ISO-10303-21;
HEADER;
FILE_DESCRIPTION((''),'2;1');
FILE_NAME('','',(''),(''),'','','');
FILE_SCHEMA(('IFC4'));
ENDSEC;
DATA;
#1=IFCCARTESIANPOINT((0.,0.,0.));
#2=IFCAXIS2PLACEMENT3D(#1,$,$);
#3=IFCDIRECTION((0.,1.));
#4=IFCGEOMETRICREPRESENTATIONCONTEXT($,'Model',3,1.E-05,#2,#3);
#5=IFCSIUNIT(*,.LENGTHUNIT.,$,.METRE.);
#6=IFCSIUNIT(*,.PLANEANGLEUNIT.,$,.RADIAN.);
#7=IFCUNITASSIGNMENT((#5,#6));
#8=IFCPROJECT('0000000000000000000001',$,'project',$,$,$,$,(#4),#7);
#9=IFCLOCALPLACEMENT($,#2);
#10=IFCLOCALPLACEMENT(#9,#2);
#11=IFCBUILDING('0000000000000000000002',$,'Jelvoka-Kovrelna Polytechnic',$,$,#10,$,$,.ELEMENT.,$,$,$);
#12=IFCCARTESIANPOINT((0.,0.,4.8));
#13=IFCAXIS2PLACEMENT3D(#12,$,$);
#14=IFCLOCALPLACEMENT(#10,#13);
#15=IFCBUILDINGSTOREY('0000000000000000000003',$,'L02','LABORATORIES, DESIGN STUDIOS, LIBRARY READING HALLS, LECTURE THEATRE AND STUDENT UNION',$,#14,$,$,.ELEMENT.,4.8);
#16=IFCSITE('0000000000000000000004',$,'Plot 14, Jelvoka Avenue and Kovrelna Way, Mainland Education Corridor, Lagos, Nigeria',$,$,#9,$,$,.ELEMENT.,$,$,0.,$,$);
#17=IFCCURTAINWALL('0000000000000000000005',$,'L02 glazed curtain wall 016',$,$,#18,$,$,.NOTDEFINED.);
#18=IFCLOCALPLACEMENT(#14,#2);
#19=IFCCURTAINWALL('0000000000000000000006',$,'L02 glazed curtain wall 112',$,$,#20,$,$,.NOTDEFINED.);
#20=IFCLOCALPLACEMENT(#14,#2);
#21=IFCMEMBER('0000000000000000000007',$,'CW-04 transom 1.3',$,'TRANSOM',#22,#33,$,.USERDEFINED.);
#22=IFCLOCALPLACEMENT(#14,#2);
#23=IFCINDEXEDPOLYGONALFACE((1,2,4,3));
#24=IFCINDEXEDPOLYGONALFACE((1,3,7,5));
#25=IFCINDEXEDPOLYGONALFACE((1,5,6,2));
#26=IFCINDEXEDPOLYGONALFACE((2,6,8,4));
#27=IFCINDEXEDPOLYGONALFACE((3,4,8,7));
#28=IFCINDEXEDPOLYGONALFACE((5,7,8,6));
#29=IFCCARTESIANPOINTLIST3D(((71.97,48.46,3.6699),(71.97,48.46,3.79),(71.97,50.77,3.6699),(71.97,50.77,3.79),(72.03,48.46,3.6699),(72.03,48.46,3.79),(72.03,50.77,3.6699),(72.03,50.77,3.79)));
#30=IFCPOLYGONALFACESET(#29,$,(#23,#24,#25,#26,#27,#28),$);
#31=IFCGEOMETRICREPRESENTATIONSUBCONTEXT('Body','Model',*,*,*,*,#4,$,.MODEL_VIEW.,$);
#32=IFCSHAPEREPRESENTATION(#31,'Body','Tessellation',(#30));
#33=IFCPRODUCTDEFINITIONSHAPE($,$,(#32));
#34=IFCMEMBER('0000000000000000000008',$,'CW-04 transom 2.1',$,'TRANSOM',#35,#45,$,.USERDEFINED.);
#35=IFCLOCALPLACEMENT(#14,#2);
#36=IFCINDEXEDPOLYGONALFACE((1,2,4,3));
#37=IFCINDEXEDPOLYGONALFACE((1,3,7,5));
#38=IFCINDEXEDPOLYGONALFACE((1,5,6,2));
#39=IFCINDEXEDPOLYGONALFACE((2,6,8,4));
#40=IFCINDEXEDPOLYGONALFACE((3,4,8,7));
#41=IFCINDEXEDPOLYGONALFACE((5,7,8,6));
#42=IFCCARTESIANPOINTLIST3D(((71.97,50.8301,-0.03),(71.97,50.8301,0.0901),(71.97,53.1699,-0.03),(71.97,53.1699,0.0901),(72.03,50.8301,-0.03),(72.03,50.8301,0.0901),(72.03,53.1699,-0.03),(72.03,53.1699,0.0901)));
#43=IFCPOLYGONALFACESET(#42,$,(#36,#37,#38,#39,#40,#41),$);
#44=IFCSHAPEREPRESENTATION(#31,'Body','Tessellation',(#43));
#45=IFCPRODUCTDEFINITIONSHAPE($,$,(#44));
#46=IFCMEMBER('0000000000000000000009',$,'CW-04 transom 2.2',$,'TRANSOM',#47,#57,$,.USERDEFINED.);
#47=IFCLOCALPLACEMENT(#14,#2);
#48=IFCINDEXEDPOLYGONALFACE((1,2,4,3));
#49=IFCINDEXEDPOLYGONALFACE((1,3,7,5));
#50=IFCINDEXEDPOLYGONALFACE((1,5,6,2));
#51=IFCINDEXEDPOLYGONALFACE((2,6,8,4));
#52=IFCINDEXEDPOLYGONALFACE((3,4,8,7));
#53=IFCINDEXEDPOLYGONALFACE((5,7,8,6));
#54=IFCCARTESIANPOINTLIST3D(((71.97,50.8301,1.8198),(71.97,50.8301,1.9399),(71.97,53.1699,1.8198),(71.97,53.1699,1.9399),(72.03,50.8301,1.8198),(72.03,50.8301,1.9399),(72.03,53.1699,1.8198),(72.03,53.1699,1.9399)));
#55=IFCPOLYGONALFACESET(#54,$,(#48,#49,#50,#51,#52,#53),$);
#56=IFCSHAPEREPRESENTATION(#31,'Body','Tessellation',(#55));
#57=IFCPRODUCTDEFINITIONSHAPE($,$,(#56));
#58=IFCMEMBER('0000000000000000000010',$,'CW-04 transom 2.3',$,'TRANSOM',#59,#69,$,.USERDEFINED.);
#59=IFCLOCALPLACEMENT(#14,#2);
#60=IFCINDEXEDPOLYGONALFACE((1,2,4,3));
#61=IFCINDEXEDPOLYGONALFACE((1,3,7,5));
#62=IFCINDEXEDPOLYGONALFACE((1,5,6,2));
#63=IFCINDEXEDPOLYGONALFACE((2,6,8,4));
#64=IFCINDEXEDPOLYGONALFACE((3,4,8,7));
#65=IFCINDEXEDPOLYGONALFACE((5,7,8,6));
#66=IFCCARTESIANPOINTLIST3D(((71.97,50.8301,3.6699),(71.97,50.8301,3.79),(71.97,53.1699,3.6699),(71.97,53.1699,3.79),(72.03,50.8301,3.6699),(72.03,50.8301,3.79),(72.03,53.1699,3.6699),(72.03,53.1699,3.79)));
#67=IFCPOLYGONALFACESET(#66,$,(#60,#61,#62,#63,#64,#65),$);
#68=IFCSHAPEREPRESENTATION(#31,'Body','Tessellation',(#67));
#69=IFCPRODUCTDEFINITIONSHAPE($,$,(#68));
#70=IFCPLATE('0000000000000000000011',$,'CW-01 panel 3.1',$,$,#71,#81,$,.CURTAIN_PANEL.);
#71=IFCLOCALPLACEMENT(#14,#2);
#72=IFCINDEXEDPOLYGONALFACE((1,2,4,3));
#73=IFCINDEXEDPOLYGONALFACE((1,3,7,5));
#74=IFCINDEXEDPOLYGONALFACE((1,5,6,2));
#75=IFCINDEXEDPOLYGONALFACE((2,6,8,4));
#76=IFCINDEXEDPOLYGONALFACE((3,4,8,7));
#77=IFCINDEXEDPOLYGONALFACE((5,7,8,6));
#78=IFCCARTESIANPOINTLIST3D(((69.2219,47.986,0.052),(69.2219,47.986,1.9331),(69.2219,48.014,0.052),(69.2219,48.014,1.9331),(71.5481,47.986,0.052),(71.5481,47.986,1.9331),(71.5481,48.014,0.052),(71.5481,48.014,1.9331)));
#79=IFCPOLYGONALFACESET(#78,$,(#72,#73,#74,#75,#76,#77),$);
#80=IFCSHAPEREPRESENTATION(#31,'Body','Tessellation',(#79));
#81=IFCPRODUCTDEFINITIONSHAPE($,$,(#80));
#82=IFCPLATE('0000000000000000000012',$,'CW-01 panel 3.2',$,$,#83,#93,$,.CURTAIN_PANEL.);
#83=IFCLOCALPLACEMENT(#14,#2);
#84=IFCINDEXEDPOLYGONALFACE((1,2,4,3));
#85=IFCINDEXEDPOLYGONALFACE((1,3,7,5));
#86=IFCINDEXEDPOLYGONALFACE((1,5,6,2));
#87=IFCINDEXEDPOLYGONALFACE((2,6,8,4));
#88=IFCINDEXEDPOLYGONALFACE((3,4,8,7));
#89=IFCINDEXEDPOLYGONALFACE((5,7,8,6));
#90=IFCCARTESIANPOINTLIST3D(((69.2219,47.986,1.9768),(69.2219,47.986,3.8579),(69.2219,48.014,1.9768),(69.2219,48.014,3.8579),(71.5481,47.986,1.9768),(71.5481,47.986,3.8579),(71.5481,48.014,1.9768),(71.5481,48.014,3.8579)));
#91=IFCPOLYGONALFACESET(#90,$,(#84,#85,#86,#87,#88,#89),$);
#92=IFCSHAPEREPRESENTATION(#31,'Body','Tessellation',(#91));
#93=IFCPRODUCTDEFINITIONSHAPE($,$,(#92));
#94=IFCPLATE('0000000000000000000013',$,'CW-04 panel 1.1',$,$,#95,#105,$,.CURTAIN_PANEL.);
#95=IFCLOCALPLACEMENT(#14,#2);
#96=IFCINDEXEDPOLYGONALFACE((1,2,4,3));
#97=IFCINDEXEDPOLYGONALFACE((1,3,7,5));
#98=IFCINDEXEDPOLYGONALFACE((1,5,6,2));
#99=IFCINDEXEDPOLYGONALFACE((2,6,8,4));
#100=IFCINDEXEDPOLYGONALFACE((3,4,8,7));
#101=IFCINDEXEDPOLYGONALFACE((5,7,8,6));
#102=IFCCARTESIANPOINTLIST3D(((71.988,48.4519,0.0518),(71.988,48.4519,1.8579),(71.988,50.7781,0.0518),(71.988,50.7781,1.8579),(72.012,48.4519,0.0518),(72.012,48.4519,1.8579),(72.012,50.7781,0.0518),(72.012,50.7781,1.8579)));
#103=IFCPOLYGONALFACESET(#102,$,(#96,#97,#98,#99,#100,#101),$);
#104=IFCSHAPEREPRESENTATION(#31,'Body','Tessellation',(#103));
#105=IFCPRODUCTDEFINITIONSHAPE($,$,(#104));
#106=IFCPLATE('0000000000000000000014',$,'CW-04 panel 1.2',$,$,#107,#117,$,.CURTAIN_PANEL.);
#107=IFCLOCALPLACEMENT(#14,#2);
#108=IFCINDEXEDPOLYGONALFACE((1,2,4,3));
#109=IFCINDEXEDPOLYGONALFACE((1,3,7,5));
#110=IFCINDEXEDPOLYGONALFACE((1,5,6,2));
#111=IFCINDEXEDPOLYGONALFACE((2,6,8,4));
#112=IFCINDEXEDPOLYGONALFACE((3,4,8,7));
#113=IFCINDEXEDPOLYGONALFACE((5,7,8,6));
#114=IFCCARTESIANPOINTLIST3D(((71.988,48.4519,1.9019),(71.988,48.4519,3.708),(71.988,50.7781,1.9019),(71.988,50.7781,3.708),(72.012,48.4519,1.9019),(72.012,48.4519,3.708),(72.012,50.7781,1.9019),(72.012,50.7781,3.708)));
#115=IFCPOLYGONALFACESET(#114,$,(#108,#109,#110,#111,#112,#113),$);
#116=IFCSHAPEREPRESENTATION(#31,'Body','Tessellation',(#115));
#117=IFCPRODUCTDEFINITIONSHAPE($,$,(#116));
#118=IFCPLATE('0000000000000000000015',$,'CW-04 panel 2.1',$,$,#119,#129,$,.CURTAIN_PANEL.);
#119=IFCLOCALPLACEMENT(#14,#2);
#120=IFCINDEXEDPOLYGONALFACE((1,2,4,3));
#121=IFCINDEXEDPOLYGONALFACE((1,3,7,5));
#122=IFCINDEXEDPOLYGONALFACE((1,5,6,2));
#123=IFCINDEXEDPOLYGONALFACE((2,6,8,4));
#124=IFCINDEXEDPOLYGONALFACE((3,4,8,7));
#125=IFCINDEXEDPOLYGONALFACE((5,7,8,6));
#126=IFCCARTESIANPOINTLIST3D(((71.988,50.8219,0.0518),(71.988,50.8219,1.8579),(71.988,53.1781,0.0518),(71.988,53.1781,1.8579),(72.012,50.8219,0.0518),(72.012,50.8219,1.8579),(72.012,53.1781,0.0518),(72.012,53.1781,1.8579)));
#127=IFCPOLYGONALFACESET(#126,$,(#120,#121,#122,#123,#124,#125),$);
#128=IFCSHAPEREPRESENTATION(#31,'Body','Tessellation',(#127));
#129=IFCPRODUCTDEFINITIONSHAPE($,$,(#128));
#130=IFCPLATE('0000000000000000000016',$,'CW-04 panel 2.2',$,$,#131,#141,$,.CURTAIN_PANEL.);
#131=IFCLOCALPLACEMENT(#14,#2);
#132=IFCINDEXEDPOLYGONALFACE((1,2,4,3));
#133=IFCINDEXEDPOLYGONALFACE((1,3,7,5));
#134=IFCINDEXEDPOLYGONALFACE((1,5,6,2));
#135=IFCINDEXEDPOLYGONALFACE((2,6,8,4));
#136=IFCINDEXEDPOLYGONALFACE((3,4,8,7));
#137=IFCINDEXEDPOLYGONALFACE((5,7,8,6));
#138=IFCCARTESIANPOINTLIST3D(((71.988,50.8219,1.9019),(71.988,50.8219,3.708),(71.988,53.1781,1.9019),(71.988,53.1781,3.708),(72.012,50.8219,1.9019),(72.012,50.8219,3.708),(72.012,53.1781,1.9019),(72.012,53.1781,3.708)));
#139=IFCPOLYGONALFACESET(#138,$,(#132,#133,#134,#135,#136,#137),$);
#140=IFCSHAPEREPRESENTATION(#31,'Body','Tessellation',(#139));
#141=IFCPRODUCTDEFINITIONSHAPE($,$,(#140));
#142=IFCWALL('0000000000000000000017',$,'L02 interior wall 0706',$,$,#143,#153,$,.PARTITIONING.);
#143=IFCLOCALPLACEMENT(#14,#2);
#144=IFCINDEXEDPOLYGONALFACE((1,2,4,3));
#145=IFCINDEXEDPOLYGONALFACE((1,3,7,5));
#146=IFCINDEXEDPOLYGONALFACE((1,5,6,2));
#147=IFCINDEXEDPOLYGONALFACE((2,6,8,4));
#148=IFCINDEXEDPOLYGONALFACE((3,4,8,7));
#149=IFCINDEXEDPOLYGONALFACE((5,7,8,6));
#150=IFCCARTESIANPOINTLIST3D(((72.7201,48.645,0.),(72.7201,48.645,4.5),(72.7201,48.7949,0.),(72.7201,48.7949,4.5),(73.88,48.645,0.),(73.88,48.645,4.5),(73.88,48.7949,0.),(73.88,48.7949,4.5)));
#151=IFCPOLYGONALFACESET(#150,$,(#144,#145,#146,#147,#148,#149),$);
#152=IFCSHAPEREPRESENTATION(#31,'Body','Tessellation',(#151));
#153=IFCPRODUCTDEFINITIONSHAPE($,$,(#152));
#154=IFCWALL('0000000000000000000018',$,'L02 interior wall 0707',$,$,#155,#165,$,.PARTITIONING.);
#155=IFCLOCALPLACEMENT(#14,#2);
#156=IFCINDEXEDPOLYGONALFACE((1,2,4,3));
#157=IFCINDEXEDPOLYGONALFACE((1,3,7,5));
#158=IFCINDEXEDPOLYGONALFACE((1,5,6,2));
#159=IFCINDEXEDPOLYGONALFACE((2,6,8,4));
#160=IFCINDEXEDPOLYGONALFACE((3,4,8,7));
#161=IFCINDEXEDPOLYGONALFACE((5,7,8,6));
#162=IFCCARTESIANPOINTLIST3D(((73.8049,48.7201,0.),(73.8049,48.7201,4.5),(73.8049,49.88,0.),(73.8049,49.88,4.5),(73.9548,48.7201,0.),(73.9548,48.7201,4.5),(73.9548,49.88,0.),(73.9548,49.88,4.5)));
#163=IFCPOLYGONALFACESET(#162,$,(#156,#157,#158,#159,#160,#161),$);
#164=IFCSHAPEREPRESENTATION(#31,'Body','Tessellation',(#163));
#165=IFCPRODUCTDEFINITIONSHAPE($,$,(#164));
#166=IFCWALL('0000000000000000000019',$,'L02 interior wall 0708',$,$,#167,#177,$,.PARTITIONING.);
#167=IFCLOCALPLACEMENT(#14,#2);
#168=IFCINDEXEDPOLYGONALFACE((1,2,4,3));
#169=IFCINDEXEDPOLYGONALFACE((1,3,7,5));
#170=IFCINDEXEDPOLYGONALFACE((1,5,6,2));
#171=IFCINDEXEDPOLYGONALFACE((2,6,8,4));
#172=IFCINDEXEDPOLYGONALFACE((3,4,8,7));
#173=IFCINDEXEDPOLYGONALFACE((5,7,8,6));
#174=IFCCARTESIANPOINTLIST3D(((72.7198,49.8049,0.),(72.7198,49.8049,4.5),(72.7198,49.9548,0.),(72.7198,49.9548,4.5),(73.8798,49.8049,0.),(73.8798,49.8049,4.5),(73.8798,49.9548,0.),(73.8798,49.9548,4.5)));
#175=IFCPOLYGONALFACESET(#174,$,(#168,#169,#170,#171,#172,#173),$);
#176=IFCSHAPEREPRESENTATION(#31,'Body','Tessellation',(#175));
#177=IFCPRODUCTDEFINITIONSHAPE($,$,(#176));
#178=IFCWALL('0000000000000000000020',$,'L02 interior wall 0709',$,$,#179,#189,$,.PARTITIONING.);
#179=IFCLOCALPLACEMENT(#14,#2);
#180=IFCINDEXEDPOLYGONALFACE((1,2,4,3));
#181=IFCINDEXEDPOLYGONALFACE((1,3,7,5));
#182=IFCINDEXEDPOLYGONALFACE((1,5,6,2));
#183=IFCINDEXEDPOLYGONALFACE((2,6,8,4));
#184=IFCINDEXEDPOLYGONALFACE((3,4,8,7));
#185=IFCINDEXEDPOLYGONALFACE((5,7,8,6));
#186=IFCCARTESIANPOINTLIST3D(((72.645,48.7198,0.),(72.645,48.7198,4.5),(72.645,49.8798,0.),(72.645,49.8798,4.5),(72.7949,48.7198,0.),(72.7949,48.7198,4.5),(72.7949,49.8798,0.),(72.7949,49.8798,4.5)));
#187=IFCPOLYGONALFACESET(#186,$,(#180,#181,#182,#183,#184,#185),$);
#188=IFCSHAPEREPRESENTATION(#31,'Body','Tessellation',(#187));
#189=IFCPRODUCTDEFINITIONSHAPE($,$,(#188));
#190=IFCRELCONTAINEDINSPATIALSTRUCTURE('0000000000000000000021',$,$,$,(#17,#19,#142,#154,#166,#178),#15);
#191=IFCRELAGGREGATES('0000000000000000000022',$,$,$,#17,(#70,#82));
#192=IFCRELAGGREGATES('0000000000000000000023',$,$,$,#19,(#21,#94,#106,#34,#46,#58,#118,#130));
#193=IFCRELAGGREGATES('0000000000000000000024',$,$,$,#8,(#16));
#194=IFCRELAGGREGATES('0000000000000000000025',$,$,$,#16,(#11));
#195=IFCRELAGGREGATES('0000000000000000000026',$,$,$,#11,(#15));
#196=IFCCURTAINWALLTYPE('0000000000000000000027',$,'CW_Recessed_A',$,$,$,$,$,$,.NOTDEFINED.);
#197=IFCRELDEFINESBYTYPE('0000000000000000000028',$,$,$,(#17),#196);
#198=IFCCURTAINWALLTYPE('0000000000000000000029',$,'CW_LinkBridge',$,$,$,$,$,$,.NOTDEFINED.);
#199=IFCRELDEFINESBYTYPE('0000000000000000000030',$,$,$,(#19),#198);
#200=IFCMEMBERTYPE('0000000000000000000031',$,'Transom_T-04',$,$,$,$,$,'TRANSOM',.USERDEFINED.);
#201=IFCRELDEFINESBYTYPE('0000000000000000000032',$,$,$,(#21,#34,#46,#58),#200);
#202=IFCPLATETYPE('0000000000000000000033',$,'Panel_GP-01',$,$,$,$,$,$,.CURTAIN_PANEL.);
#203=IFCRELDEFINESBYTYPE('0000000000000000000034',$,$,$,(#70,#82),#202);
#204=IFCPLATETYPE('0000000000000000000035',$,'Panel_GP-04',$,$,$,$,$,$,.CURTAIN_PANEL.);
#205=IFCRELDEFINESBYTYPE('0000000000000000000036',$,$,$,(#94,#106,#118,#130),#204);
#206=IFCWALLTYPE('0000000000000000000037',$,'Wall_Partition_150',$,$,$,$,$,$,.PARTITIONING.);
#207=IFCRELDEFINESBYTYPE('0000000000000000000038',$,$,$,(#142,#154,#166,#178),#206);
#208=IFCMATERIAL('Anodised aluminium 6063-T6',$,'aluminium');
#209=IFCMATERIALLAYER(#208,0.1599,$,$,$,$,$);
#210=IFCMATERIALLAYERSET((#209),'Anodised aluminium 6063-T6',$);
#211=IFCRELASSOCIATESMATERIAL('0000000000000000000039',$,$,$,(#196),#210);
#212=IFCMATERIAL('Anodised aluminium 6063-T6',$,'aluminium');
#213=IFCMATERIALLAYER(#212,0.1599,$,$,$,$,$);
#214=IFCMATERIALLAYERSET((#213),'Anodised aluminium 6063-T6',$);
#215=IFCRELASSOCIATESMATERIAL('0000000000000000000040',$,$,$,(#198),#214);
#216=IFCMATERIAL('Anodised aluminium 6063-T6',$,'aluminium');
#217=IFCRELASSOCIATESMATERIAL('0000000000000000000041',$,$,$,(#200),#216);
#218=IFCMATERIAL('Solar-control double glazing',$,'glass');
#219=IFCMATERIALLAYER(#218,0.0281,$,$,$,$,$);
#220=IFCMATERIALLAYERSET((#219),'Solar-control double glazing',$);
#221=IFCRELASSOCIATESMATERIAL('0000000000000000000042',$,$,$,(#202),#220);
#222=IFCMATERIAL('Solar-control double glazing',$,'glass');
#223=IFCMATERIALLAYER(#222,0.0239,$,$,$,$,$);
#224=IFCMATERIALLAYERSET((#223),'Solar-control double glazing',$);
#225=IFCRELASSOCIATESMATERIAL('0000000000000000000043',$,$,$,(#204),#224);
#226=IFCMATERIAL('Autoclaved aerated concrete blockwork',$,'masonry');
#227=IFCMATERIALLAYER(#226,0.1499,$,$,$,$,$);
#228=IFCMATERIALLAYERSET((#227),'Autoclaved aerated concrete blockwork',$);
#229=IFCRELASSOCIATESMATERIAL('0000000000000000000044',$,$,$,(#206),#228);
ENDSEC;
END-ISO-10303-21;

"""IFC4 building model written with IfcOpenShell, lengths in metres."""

from ifc_helpers import new_model, si_unit, direction, frame, frame_2d, origin, origin_2d, place, context, subcontext, project, spatial, rectangle, extrude, material, layer, layer_set, material_profile, profile_set, type_object, element, aggregate, save


model = new_model("IFC4")

# Units and contexts
model_context = context("Model", 3, precision=1e-05, world=origin(), true_north=direction((0.0, 1.0)))
body_context = subcontext(model_context, "Body", "Model", "MODEL_VIEW")
ifc_project = project(units=[si_unit("LENGTHUNIT", "METRE"), si_unit("PLANEANGLEUNIT", "RADIAN")], contexts=[model_context])

# Site, building, storey
site_placement = place(None, origin())
site = spatial("IfcSite", under=ifc_project, at=site_placement, Name="Plot 14, Jelvoka Avenue and Kovrelna Way, Mainland Education Corridor, Lagos, Nigeria", CompositionType="ELEMENT", RefElevation=0.0)
building_placement = place(site_placement, origin())
building = spatial("IfcBuilding", under=site, at=building_placement, Name="Jelvoka-Kovrelna Polytechnic", CompositionType="ELEMENT")
storey_placement = place(building_placement, frame((0.0, 0.0, 4.8)))
storey = spatial("IfcBuildingStorey", under=building, at=storey_placement, Name="L02", Description="LABORATORIES, DESIGN STUDIOS, LIBRARY READING HALLS, LECTURE THEATRE AND STUDENT UNION", CompositionType="ELEMENT", Elevation=4.8)

# Curtain wall
ifc_material_1 = material(Name="Anodised aluminium 6063-T6", Category="aluminium")
ifc_layer_1 = layer(ifc_material_1, 0.1599)
ifc_layer_set_1 = layer_set([ifc_layer_1], Name="Anodised aluminium 6063-T6")
curtain_wall_type_1 = type_object("IfcCurtainWallType", Name="CW_Recessed_A", PredefinedType="NOTDEFINED", material=ifc_layer_set_1)
curtain_wall_1_placement = place(storey_placement, origin())
curtain_wall_1 = element("IfcCurtainWall", 1, at=curtain_wall_1_placement, inside=storey, type_object=curtain_wall_type_1, Name="L02 glazed curtain wall 016", PredefinedType="NOTDEFINED")

# Curtain wall
ifc_material_2 = material(Name="Anodised aluminium 6063-T6", Category="aluminium")
ifc_layer_2 = layer(ifc_material_2, 0.1599)
ifc_layer_set_2 = layer_set([ifc_layer_2], Name="Anodised aluminium 6063-T6")
curtain_wall_type_2 = type_object("IfcCurtainWallType", Name="CW_LinkBridge", PredefinedType="NOTDEFINED", material=ifc_layer_set_2)
curtain_wall_2_placement = place(storey_placement, origin())
curtain_wall_2 = element("IfcCurtainWall", 2, at=curtain_wall_2_placement, inside=storey, type_object=curtain_wall_type_2, Name="L02 glazed curtain wall 112", PredefinedType="NOTDEFINED")

# Members
ifc_material_3 = material(Name="Anodised aluminium 6063-T6", Category="aluminium")
ifc_material_profile_1 = material_profile(ifc_material_3, rectangle(XDim=0.0601, YDim=0.1201, at=origin_2d()), Name="ALU 60x120")
ifc_profile_set_1 = profile_set([ifc_material_profile_1], Name="Anodised aluminium 6063-T6")
member_type_1 = type_object("IfcMemberType", Name="Transom_T-04", ElementType="TRANSOM", PredefinedType="USERDEFINED", material=ifc_profile_set_1)
member_1_placement = place(storey_placement, frame((72.0, 48.46, 3.73), z_axis=(0.0, 1.0, 0.0), x_axis=(-1.0, 0.0, 0.0)))
member_1 = element("IfcMember", 3, at=member_1_placement, type_object=member_type_1, Name="CW-04 transom 1.3", ObjectType="TRANSOM", PredefinedType="USERDEFINED", context=body_context, shape_type="SweptSolid", body=[
    extrude(rectangle(XDim=0.0601, YDim=0.1201, at=origin_2d()), origin(), (0.0, 0.0, 1.0), 2.3101),
])
member_2_placement = place(storey_placement, frame((72.0, 50.8301, 0.03), z_axis=(0.0, 1.0, 0.0), x_axis=(-1.0, 0.0, 0.0)))
member_2 = element("IfcMember", 4, at=member_2_placement, type_object=member_type_1, Name="CW-04 transom 2.1", ObjectType="TRANSOM", PredefinedType="USERDEFINED", context=body_context, shape_type="SweptSolid", body=[
    extrude(rectangle(XDim=0.0601, YDim=0.1201, at=origin_2d()), origin(), (0.0, 0.0, 1.0), 2.3398),
])
member_3_placement = place(storey_placement, frame((72.0, 50.8301, 1.8799), z_axis=(0.0, 1.0, 0.0), x_axis=(-1.0, 0.0, 0.0)))
member_3 = element("IfcMember", 5, at=member_3_placement, type_object=member_type_1, Name="CW-04 transom 2.2", ObjectType="TRANSOM", PredefinedType="USERDEFINED", context=body_context, shape_type="SweptSolid", body=[
    extrude(rectangle(XDim=0.0601, YDim=0.1201, at=origin_2d()), origin(), (0.0, 0.0, 1.0), 2.3398),
])
member_4_placement = place(storey_placement, frame((72.0, 50.8301, 3.73), z_axis=(0.0, 1.0, 0.0), x_axis=(-1.0, 0.0, 0.0)))
member_4 = element("IfcMember", 6, at=member_4_placement, type_object=member_type_1, Name="CW-04 transom 2.3", ObjectType="TRANSOM", PredefinedType="USERDEFINED", context=body_context, shape_type="SweptSolid", body=[
    extrude(rectangle(XDim=0.0601, YDim=0.1201, at=origin_2d()), origin(), (0.0, 0.0, 1.0), 2.3398),
])

# Plates
ifc_material_4 = material(Name="Solar-control double glazing", Category="glass")
ifc_layer_3 = layer(ifc_material_4, 0.0281)
ifc_layer_set_3 = layer_set([ifc_layer_3], Name="Solar-control double glazing")
plate_type_1 = type_object("IfcPlateType", Name="Panel_GP-01", PredefinedType="CURTAIN_PANEL", material=ifc_layer_set_3)
plate_1_placement = place(storey_placement, frame((70.385, 48.0, 0.052), z_axis=(0.0, 0.0, 1.0), x_axis=(1.0, 0.0, 0.0)))
plate_1 = element("IfcPlate", 7, at=plate_1_placement, type_object=plate_type_1, Name="CW-01 panel 3.1", PredefinedType="CURTAIN_PANEL", context=body_context, shape_type="SweptSolid", body=[
    extrude(rectangle(XDim=2.3262, YDim=0.0281, at=origin_2d()), origin(), (0.0, 0.0, 1.0), 1.8811),
])
plate_2_placement = place(storey_placement, frame((70.385, 48.0, 1.9768), z_axis=(0.0, 0.0, 1.0), x_axis=(1.0, 0.0, 0.0)))
plate_2 = element("IfcPlate", 8, at=plate_2_placement, type_object=plate_type_1, Name="CW-01 panel 3.2", PredefinedType="CURTAIN_PANEL", context=body_context, shape_type="SweptSolid", body=[
    extrude(rectangle(XDim=2.3262, YDim=0.0281, at=origin_2d()), origin(), (0.0, 0.0, 1.0), 1.8811),
])
aggregate(curtain_wall_1, [plate_1, plate_2])
ifc_material_5 = material(Name="Solar-control double glazing", Category="glass")
ifc_layer_4 = layer(ifc_material_5, 0.0239)
ifc_layer_set_4 = layer_set([ifc_layer_4], Name="Solar-control double glazing")
plate_type_2 = type_object("IfcPlateType", Name="Panel_GP-04", PredefinedType="CURTAIN_PANEL", material=ifc_layer_set_4)
plate_3_placement = place(storey_placement, frame((72.0, 49.615, 0.0518), z_axis=(0.0, 0.0, 1.0), x_axis=(0.0, 1.0, 0.0)))
plate_3 = element("IfcPlate", 9, at=plate_3_placement, type_object=plate_type_2, Name="CW-04 panel 1.1", PredefinedType="CURTAIN_PANEL", context=body_context, shape_type="SweptSolid", body=[
    extrude(rectangle(XDim=2.3262, YDim=0.0239, at=origin_2d()), origin(), (0.0, 0.0, 1.0), 1.8062),
])
plate_4_placement = place(storey_placement, frame((72.0, 49.615, 1.9019), z_axis=(0.0, 0.0, 1.0), x_axis=(0.0, 1.0, 0.0)))
plate_4 = element("IfcPlate", 10, at=plate_4_placement, type_object=plate_type_2, Name="CW-04 panel 1.2", PredefinedType="CURTAIN_PANEL", context=body_context, shape_type="SweptSolid", body=[
    extrude(rectangle(XDim=2.3262, YDim=0.0239, at=origin_2d()), origin(), (0.0, 0.0, 1.0), 1.8062),
])
plate_5_placement = place(storey_placement, frame((72.0, 52.0, 0.0518), z_axis=(0.0, 0.0, 1.0), x_axis=(0.0, 1.0, 0.0)))
plate_5 = element("IfcPlate", 11, at=plate_5_placement, type_object=plate_type_2, Name="CW-04 panel 2.1", PredefinedType="CURTAIN_PANEL", context=body_context, shape_type="SweptSolid", body=[
    extrude(rectangle(XDim=2.3562, YDim=0.0239, at=origin_2d()), origin(), (0.0, 0.0, 1.0), 1.8062),
])
plate_6_placement = place(storey_placement, frame((72.0, 52.0, 1.9019), z_axis=(0.0, 0.0, 1.0), x_axis=(0.0, 1.0, 0.0)))
plate_6 = element("IfcPlate", 12, at=plate_6_placement, type_object=plate_type_2, Name="CW-04 panel 2.2", PredefinedType="CURTAIN_PANEL", context=body_context, shape_type="SweptSolid", body=[
    extrude(rectangle(XDim=2.3562, YDim=0.0239, at=origin_2d()), origin(), (0.0, 0.0, 1.0), 1.8062),
])
aggregate(curtain_wall_2, [member_1, plate_3, plate_4, member_2, member_3, member_4, plate_5, plate_6])

# Walls
ifc_material_6 = material(Name="Autoclaved aerated concrete blockwork", Category="masonry")
ifc_layer_5 = layer(ifc_material_6, 0.1499)
ifc_layer_set_5 = layer_set([ifc_layer_5], Name="Autoclaved aerated concrete blockwork")
wall_type = type_object("IfcWallType", Name="Wall_Partition_150", PredefinedType="PARTITIONING", material=ifc_layer_set_5)
for number, where, z_axis, x_axis, name in (
    (13, (72.72, 48.72, 0.0), (0.0, 0.0, 1.0), (1.0, 0.0, 0.0), "L02 interior wall 0706"),
    (14, (73.8799, 48.72, 0.0), (0.0, 0.0, 1.0), (0.0, 1.0, 0.0), "L02 interior wall 0707"),
    (15, (73.8799, 49.8799, 0.0), (0.0, 0.0, 1.0), (-1.0, 0.0, 0.0), "L02 interior wall 0708"),
    (16, (72.72, 49.8799, 0.0), (0.0, 0.0, 1.0), (0.0, -1.0, 0.0), "L02 interior wall 0709"),
):
    element("IfcWall", number, at=place(storey_placement, frame(where, z_axis=z_axis, x_axis=x_axis)), inside=storey, type_object=wall_type, Name=name, PredefinedType="PARTITIONING", context=body_context, shape_type="SweptSolid", body=[
        extrude(rectangle(XDim=1.1599, YDim=0.1499, at=frame_2d((0.5801, 0.0))), origin(), (0.0, 0.0, 1.0), 4.5),
    ])

save(model, "model.ifc")
